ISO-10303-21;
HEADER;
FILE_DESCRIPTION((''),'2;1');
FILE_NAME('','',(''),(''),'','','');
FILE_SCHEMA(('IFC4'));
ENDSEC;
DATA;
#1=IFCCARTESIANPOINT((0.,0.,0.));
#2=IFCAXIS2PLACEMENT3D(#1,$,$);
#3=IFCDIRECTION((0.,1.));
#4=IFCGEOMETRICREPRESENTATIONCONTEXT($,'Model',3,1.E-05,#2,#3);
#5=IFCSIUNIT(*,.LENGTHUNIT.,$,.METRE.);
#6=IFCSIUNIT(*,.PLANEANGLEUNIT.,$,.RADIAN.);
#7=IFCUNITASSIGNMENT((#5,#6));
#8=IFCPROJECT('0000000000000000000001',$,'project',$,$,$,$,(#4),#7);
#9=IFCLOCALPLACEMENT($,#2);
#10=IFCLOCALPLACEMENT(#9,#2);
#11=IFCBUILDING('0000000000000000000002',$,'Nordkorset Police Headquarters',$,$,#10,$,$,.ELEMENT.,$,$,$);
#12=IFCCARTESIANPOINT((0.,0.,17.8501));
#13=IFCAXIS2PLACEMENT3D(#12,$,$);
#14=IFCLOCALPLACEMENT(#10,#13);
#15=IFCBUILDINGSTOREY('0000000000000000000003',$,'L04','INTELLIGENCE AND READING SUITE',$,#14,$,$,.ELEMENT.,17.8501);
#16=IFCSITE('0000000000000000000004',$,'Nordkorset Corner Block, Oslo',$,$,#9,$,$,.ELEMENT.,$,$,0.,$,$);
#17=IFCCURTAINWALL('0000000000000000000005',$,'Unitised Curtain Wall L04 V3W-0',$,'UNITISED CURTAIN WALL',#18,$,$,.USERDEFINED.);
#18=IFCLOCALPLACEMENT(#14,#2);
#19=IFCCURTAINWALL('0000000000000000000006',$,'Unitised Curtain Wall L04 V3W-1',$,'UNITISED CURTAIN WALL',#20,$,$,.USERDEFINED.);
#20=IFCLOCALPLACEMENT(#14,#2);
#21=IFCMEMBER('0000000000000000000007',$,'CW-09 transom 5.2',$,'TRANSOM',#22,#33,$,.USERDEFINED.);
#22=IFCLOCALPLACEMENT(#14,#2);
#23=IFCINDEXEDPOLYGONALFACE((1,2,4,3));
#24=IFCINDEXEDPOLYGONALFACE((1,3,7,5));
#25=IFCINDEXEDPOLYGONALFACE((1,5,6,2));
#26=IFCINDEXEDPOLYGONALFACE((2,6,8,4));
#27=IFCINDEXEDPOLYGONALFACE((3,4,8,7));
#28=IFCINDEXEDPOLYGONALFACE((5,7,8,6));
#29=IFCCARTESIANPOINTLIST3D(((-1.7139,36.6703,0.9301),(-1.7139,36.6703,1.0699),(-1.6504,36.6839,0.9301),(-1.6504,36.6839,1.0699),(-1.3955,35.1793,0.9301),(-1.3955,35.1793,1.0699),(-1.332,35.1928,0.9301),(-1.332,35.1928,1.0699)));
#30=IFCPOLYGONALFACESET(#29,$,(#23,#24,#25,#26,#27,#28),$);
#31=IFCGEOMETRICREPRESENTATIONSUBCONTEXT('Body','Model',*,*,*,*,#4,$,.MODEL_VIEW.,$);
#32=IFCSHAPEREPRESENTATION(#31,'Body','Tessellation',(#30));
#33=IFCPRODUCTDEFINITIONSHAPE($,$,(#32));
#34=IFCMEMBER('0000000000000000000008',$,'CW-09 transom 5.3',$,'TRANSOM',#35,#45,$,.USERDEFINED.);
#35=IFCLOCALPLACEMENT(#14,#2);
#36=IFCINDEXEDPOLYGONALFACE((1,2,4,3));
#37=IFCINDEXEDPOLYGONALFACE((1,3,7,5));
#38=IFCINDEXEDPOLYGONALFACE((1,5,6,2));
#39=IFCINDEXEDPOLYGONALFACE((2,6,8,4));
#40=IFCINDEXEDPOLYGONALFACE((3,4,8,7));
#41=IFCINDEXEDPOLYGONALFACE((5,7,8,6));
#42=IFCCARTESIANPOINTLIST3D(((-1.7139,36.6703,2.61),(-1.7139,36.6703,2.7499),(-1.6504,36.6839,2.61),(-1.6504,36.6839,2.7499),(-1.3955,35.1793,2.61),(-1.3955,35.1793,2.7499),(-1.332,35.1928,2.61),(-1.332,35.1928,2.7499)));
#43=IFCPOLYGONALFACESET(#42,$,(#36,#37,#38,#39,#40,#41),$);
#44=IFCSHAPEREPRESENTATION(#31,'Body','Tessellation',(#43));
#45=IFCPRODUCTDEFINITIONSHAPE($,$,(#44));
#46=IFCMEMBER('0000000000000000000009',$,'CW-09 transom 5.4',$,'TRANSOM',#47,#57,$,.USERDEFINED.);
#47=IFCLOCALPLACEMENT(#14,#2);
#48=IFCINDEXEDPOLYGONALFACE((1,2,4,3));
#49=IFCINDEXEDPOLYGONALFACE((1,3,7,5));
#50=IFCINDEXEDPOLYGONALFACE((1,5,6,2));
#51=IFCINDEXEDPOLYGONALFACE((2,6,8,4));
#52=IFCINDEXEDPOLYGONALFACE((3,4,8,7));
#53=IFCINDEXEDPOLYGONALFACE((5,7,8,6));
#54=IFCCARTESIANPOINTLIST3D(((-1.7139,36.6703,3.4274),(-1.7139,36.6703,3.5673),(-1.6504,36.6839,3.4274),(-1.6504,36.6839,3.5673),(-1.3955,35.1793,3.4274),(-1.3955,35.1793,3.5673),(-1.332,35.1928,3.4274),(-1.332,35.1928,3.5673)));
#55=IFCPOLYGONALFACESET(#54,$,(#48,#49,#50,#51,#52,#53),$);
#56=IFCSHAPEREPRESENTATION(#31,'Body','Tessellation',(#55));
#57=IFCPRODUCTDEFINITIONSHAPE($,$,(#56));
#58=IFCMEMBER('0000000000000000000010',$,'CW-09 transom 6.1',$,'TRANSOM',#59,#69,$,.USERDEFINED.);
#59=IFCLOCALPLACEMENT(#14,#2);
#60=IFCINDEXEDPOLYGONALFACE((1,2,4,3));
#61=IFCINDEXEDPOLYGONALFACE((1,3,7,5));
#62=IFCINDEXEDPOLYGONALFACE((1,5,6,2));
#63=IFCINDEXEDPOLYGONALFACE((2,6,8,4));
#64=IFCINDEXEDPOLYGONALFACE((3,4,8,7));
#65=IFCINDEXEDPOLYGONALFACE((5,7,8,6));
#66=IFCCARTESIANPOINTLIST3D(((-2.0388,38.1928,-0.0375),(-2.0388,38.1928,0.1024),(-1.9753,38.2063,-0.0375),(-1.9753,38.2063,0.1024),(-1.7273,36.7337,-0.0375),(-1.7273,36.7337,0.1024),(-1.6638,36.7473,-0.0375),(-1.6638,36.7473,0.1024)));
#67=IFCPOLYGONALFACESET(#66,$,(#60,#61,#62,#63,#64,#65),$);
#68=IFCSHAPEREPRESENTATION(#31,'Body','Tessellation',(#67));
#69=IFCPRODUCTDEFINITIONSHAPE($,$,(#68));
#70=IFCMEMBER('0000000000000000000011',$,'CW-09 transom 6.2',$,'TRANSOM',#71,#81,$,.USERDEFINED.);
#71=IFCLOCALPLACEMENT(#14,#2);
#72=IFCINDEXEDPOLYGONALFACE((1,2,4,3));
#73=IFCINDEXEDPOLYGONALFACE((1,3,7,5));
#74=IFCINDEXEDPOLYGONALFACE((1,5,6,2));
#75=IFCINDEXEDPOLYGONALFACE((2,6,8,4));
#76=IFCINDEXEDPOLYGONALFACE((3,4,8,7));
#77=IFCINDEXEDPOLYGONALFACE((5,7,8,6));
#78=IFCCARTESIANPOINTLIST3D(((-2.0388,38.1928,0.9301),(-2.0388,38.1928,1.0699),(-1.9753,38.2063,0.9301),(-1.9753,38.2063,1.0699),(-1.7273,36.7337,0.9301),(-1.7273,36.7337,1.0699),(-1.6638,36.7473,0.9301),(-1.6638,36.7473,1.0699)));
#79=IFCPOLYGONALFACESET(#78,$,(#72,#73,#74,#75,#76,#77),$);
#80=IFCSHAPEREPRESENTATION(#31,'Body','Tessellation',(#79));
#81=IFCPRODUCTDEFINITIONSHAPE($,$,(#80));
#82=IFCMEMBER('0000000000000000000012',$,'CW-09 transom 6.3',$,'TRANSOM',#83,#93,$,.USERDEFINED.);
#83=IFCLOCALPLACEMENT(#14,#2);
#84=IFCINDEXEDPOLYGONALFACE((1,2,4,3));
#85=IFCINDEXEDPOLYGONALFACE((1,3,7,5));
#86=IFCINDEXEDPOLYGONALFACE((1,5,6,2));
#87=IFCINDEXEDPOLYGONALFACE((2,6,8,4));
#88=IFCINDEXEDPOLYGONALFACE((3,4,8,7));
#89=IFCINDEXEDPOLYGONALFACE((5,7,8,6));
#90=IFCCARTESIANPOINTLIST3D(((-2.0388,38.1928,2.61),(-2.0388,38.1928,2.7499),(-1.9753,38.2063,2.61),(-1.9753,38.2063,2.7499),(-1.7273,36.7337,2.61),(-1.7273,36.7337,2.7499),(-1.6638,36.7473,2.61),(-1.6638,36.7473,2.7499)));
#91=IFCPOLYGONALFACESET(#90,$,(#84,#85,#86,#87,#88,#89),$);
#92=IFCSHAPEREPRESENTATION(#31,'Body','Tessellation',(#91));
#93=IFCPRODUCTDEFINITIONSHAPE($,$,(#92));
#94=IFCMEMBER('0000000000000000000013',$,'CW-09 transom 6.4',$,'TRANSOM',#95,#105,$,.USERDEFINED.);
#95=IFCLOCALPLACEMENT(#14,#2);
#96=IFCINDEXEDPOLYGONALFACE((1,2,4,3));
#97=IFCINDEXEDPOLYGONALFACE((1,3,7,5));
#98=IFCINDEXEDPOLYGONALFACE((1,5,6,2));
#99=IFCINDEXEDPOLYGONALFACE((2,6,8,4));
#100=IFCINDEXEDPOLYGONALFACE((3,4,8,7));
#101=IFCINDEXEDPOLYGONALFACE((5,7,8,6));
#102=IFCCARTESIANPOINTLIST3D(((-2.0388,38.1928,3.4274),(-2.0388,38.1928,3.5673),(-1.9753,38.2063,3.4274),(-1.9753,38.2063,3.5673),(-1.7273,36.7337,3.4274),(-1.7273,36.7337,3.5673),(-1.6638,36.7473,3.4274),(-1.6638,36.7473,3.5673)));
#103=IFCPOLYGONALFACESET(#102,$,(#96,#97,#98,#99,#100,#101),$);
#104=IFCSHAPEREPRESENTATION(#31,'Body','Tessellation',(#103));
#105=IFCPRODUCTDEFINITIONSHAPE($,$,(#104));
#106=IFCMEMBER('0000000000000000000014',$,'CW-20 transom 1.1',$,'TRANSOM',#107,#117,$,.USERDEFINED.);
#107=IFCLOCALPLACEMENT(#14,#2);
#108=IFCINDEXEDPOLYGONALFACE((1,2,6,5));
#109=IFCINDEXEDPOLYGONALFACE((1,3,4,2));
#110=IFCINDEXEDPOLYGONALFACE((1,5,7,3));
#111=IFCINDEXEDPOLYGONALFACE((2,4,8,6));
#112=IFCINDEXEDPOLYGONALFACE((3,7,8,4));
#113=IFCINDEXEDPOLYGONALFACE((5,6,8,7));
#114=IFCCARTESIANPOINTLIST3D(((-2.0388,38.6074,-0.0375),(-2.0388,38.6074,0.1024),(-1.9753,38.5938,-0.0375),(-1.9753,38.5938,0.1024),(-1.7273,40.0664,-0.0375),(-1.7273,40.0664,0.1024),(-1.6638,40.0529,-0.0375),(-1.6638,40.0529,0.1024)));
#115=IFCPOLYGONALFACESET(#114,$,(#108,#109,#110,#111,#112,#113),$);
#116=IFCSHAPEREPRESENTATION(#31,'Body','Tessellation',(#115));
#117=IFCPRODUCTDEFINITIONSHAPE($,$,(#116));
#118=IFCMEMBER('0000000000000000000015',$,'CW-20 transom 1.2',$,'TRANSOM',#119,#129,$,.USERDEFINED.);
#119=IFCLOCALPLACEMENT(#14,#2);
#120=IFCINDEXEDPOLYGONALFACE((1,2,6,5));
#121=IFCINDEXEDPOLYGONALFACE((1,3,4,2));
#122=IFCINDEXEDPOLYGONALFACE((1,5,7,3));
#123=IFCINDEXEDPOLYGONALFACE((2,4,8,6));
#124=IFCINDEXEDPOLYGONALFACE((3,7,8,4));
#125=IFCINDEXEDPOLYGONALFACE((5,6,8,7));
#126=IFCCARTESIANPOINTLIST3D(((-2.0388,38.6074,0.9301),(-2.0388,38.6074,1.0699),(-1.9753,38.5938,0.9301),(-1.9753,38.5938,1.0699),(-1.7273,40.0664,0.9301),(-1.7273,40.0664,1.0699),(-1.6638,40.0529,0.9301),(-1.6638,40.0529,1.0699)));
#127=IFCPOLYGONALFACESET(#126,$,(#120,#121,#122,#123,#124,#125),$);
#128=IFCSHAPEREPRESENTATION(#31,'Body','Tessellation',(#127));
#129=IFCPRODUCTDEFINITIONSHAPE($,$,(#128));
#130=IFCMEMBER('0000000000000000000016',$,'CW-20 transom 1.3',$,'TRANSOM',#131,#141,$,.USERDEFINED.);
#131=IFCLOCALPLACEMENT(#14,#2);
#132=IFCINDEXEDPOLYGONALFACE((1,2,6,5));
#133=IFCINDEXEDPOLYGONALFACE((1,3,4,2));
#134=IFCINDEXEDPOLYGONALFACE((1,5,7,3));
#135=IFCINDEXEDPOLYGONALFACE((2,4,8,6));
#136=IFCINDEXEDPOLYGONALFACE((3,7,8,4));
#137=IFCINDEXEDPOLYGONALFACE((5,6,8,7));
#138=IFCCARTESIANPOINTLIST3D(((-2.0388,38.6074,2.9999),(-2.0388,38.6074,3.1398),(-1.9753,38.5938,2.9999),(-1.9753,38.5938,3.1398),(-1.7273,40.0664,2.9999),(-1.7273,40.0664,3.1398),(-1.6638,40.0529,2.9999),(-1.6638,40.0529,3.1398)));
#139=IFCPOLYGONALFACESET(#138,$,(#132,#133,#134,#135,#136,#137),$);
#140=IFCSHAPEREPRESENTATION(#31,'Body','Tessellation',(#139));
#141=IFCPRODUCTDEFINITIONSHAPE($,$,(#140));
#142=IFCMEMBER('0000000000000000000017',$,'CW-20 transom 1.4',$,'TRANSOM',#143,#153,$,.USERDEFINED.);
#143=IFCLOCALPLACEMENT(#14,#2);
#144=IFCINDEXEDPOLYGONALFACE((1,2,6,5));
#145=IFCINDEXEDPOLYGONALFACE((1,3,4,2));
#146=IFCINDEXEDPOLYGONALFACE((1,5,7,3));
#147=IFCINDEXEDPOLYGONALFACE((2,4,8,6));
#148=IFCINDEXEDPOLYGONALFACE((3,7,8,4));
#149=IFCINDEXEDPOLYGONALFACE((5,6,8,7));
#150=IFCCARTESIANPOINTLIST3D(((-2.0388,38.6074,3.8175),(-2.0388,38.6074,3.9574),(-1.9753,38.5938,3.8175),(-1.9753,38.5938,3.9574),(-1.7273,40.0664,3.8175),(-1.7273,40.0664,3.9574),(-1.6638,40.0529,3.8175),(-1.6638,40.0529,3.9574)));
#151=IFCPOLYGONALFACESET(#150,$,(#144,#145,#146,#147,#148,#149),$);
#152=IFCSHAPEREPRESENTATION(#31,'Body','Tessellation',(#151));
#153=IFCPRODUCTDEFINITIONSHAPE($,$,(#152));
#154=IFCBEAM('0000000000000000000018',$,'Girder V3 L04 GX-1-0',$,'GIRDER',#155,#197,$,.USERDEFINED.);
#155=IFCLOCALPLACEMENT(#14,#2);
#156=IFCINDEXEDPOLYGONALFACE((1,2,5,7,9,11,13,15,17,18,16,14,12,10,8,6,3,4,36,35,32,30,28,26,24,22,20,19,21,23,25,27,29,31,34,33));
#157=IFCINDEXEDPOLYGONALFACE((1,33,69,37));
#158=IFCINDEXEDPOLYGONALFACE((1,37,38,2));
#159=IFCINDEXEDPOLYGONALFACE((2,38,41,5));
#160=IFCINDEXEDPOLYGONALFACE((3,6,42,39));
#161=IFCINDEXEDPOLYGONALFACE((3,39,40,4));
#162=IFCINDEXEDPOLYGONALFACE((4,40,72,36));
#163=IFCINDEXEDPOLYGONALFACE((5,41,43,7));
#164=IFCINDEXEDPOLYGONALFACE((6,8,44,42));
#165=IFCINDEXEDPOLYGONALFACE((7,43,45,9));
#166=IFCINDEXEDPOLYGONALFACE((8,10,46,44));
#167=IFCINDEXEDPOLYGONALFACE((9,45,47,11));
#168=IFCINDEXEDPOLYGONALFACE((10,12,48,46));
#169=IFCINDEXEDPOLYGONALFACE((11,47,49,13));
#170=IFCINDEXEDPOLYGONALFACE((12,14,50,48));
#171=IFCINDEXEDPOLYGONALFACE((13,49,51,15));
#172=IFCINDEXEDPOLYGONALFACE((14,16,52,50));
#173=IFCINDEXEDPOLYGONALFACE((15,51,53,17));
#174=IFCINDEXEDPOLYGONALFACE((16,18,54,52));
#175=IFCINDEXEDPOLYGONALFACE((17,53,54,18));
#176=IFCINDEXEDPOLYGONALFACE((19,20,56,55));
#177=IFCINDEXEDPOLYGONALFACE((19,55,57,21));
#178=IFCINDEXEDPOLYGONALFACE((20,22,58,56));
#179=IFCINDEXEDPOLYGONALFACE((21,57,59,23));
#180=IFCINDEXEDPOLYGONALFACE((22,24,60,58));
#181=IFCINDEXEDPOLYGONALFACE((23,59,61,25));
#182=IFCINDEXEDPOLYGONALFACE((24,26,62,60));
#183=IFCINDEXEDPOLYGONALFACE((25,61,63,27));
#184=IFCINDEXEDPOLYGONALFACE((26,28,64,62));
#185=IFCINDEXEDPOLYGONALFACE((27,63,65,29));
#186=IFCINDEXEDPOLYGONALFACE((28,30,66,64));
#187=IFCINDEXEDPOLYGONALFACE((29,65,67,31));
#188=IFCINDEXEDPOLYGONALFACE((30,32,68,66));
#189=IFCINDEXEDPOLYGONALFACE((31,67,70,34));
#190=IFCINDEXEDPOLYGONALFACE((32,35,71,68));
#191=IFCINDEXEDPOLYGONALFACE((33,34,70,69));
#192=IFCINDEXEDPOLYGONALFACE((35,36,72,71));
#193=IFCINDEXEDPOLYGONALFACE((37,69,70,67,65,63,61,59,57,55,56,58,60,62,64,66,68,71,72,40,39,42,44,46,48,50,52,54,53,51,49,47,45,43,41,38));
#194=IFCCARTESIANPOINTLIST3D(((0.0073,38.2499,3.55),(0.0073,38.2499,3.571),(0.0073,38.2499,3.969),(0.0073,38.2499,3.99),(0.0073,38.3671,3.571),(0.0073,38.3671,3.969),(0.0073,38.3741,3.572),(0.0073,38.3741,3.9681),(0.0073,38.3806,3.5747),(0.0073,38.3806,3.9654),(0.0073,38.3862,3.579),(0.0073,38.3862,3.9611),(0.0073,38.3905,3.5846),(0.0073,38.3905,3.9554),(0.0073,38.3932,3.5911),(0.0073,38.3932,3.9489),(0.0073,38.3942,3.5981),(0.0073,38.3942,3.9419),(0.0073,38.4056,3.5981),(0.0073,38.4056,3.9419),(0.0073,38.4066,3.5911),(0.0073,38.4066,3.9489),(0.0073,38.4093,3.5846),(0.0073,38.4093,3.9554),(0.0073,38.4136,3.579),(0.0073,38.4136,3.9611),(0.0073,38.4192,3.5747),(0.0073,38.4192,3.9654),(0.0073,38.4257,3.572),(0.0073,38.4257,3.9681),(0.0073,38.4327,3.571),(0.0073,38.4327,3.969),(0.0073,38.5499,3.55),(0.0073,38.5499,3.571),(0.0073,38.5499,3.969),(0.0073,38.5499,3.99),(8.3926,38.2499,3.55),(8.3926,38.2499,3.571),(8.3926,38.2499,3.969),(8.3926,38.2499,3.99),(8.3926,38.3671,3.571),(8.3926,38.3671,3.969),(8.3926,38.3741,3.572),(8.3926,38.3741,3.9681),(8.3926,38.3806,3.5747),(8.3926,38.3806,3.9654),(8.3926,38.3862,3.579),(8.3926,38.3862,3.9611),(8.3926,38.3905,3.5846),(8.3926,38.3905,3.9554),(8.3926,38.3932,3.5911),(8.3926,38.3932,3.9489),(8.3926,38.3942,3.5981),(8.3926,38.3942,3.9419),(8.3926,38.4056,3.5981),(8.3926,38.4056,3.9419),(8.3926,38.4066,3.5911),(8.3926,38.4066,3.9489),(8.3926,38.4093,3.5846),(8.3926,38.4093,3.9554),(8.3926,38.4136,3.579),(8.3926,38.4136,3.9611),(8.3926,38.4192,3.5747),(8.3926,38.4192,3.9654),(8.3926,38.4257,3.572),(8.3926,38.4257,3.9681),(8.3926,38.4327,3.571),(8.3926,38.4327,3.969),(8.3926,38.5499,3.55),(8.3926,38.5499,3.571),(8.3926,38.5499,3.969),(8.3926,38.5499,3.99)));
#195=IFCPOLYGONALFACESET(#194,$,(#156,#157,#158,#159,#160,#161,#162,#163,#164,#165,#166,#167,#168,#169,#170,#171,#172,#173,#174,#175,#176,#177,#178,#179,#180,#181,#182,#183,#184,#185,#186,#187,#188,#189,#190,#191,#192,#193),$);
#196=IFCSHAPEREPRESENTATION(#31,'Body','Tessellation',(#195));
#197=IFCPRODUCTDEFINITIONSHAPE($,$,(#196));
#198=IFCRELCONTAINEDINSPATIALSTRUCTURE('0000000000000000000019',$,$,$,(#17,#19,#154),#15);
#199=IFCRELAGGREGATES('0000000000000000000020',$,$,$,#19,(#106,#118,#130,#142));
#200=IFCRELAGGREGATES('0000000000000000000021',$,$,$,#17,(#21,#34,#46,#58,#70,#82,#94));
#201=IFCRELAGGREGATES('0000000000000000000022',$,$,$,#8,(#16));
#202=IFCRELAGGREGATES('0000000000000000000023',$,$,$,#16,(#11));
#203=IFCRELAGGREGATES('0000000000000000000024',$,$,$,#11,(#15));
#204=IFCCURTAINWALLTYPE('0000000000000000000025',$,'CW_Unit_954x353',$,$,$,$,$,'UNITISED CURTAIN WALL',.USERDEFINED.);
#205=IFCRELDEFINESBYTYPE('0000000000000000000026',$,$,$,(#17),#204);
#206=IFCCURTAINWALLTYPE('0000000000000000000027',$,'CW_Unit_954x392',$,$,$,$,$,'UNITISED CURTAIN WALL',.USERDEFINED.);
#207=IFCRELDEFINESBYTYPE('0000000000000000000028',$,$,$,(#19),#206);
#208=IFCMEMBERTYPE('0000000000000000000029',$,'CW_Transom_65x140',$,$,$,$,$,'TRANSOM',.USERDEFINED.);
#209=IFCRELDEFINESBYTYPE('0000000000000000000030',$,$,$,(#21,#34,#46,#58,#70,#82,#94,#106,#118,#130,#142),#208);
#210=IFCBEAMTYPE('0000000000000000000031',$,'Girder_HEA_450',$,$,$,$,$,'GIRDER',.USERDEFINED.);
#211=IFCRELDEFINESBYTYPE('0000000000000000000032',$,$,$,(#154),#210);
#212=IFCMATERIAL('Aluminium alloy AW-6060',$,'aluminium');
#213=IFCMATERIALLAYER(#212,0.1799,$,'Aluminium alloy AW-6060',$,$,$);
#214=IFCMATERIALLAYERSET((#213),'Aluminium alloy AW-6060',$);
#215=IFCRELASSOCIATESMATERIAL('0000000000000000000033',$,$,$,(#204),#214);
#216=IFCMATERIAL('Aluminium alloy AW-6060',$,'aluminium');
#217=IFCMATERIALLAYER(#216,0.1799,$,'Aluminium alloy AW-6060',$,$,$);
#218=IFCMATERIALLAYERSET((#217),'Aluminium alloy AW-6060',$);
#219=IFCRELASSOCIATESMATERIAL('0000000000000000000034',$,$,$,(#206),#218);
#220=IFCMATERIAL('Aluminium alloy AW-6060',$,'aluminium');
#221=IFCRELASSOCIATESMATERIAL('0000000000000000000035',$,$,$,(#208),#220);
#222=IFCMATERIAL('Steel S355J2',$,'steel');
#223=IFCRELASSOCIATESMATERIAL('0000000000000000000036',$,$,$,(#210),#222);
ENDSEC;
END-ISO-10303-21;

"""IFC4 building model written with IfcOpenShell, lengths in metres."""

from ifc_helpers import new_model, si_unit, direction, frame, origin, origin_2d, place, context, subcontext, project, spatial, rectangle, i_section, extrude, material, layer, layer_set, material_profile, profile_set, type_object, element, aggregate, save


model = new_model("IFC4")

# Units and contexts
model_context = context("Model", 3, precision=1e-05, world=origin(), true_north=direction((0.0, 1.0)))
body_context = subcontext(model_context, "Body", "Model", "MODEL_VIEW")
ifc_project = project(units=[si_unit("LENGTHUNIT", "METRE"), si_unit("PLANEANGLEUNIT", "RADIAN")], contexts=[model_context])

# Site, building, storey
site_placement = place(None, origin())
site = spatial("IfcSite", under=ifc_project, at=site_placement, Name="Nordkorset Corner Block, Oslo", CompositionType="ELEMENT", RefElevation=0.0)
building_placement = place(site_placement, origin())
building = spatial("IfcBuilding", under=site, at=building_placement, Name="Nordkorset Police Headquarters", CompositionType="ELEMENT")
storey_placement = place(building_placement, frame((0.0, 0.0, 17.8501)))
storey = spatial("IfcBuildingStorey", under=building, at=storey_placement, Name="L04", Description="INTELLIGENCE AND READING SUITE", CompositionType="ELEMENT", Elevation=17.8501)

# Curtain wall
ifc_material_1 = material(Name="Aluminium alloy AW-6060", Category="aluminium")
ifc_layer_1 = layer(ifc_material_1, 0.1799, Name="Aluminium alloy AW-6060")
ifc_layer_set_1 = layer_set([ifc_layer_1], Name="Aluminium alloy AW-6060")
curtain_wall_type_1 = type_object("IfcCurtainWallType", Name="CW_Unit_954x353", ElementType="UNITISED CURTAIN WALL", PredefinedType="USERDEFINED", material=ifc_layer_set_1)
curtain_wall_1_placement = place(storey_placement, origin())
curtain_wall_1 = element("IfcCurtainWall", 1, at=curtain_wall_1_placement, inside=storey, type_object=curtain_wall_type_1, Name="Unitised Curtain Wall L04 V3W-0", ObjectType="UNITISED CURTAIN WALL", PredefinedType="USERDEFINED")

# Curtain wall
ifc_material_2 = material(Name="Aluminium alloy AW-6060", Category="aluminium")
ifc_layer_2 = layer(ifc_material_2, 0.1799, Name="Aluminium alloy AW-6060")
ifc_layer_set_2 = layer_set([ifc_layer_2], Name="Aluminium alloy AW-6060")
curtain_wall_type_2 = type_object("IfcCurtainWallType", Name="CW_Unit_954x392", ElementType="UNITISED CURTAIN WALL", PredefinedType="USERDEFINED", material=ifc_layer_set_2)
curtain_wall_2_placement = place(storey_placement, origin())
curtain_wall_2 = element("IfcCurtainWall", 2, at=curtain_wall_2_placement, inside=storey, type_object=curtain_wall_type_2, Name="Unitised Curtain Wall L04 V3W-1", ObjectType="UNITISED CURTAIN WALL", PredefinedType="USERDEFINED")

# Members
ifc_material_3 = material(Name="Aluminium alloy AW-6060", Category="aluminium")
ifc_material_profile_1 = material_profile(ifc_material_3, rectangle(XDim=0.0649, YDim=0.1399, at=origin_2d()), Name="ALU TRAN 65x140")
ifc_profile_set_1 = profile_set([ifc_material_profile_1], Name="Aluminium alloy AW-6060")
member_type_1 = type_object("IfcMemberType", Name="CW_Transom_65x140", ElementType="TRANSOM", PredefinedType="USERDEFINED", material=ifc_profile_set_1)
member_1_placement = place(storey_placement, frame((-1.3638, 35.186, 1.0), z_axis=(-0.208818, 0.977954, 0.0), x_axis=(-0.977954, -0.208818, 0.0)))
member_1 = element("IfcMember", 3, at=member_1_placement, type_object=member_type_1, Name="CW-09 transom 5.2", ObjectType="TRANSOM", PredefinedType="USERDEFINED", context=body_context, shape_type="SweptSolid", body=[
    extrude(rectangle(XDim=0.0649, YDim=0.1399, at=origin_2d()), origin(), (0.0, 0.0, 1.0), 1.5247),
])
member_2_placement = place(storey_placement, frame((-1.3638, 35.186, 2.6799), z_axis=(-0.208818, 0.977954, 0.0), x_axis=(-0.977954, -0.208818, 0.0)))
member_2 = element("IfcMember", 4, at=member_2_placement, type_object=member_type_1, Name="CW-09 transom 5.3", ObjectType="TRANSOM", PredefinedType="USERDEFINED", context=body_context, shape_type="SweptSolid", body=[
    extrude(rectangle(XDim=0.0649, YDim=0.1399, at=origin_2d()), origin(), (0.0, 0.0, 1.0), 1.5247),
])
member_3_placement = place(storey_placement, frame((-1.3638, 35.186, 3.4973), z_axis=(-0.208818, 0.977954, 0.0), x_axis=(-0.977954, -0.208818, 0.0)))
member_3 = element("IfcMember", 5, at=member_3_placement, type_object=member_type_1, Name="CW-09 transom 5.4", ObjectType="TRANSOM", PredefinedType="USERDEFINED", context=body_context, shape_type="SweptSolid", body=[
    extrude(rectangle(XDim=0.0649, YDim=0.1399, at=origin_2d()), origin(), (0.0, 0.0, 1.0), 1.5247),
])
member_4_placement = place(storey_placement, frame((-1.6956, 36.7405, 0.0325), z_axis=(-0.208814, 0.977955, 0.0), x_axis=(-0.977955, -0.208814, 0.0)))
member_4 = element("IfcMember", 6, at=member_4_placement, type_object=member_type_1, Name="CW-09 transom 6.1", ObjectType="TRANSOM", PredefinedType="USERDEFINED", context=body_context, shape_type="SweptSolid", body=[
    extrude(rectangle(XDim=0.0649, YDim=0.1399, at=origin_2d()), origin(), (0.0, 0.0, 1.0), 1.4919),
])
member_5_placement = place(storey_placement, frame((-1.6956, 36.7405, 1.0), z_axis=(-0.208814, 0.977955, 0.0), x_axis=(-0.977955, -0.208814, 0.0)))
member_5 = element("IfcMember", 7, at=member_5_placement, type_object=member_type_1, Name="CW-09 transom 6.2", ObjectType="TRANSOM", PredefinedType="USERDEFINED", context=body_context, shape_type="SweptSolid", body=[
    extrude(rectangle(XDim=0.0649, YDim=0.1399, at=origin_2d()), origin(), (0.0, 0.0, 1.0), 1.4919),
])
member_6_placement = place(storey_placement, frame((-1.6956, 36.7405, 2.6799), z_axis=(-0.208814, 0.977955, 0.0), x_axis=(-0.977955, -0.208814, 0.0)))
member_6 = element("IfcMember", 8, at=member_6_placement, type_object=member_type_1, Name="CW-09 transom 6.3", ObjectType="TRANSOM", PredefinedType="USERDEFINED", context=body_context, shape_type="SweptSolid", body=[
    extrude(rectangle(XDim=0.0649, YDim=0.1399, at=origin_2d()), origin(), (0.0, 0.0, 1.0), 1.4919),
])
member_7_placement = place(storey_placement, frame((-1.6956, 36.7405, 3.4973), z_axis=(-0.208814, 0.977955, 0.0), x_axis=(-0.977955, -0.208814, 0.0)))
member_7 = element("IfcMember", 9, at=member_7_placement, type_object=member_type_1, Name="CW-09 transom 6.4", ObjectType="TRANSOM", PredefinedType="USERDEFINED", context=body_context, shape_type="SweptSolid", body=[
    extrude(rectangle(XDim=0.0649, YDim=0.1399, at=origin_2d()), origin(), (0.0, 0.0, 1.0), 1.4919),
])
member_8_placement = place(storey_placement, frame((-2.0071, 38.6006, 0.0325), z_axis=(0.208814, 0.977955, 0.0), x_axis=(-0.977955, 0.208814, 0.0)))
member_8 = element("IfcMember", 10, at=member_8_placement, type_object=member_type_1, Name="CW-20 transom 1.1", ObjectType="TRANSOM", PredefinedType="USERDEFINED", context=body_context, shape_type="SweptSolid", body=[
    extrude(rectangle(XDim=0.0649, YDim=0.1399, at=origin_2d()), origin(), (0.0, 0.0, 1.0), 1.4919),
])
member_9_placement = place(storey_placement, frame((-2.0071, 38.6006, 1.0), z_axis=(0.208814, 0.977955, 0.0), x_axis=(-0.977955, 0.208814, 0.0)))
member_9 = element("IfcMember", 11, at=member_9_placement, type_object=member_type_1, Name="CW-20 transom 1.2", ObjectType="TRANSOM", PredefinedType="USERDEFINED", context=body_context, shape_type="SweptSolid", body=[
    extrude(rectangle(XDim=0.0649, YDim=0.1399, at=origin_2d()), origin(), (0.0, 0.0, 1.0), 1.4919),
])
member_10_placement = place(storey_placement, frame((-2.0071, 38.6006, 3.0698), z_axis=(0.208814, 0.977955, 0.0), x_axis=(-0.977955, 0.208814, 0.0)))
member_10 = element("IfcMember", 12, at=member_10_placement, type_object=member_type_1, Name="CW-20 transom 1.3", ObjectType="TRANSOM", PredefinedType="USERDEFINED", context=body_context, shape_type="SweptSolid", body=[
    extrude(rectangle(XDim=0.0649, YDim=0.1399, at=origin_2d()), origin(), (0.0, 0.0, 1.0), 1.4919),
])
member_11_placement = place(storey_placement, frame((-2.0071, 38.6006, 3.8875), z_axis=(0.208814, 0.977955, 0.0), x_axis=(-0.977955, 0.208814, 0.0)))
member_11 = element("IfcMember", 13, at=member_11_placement, type_object=member_type_1, Name="CW-20 transom 1.4", ObjectType="TRANSOM", PredefinedType="USERDEFINED", context=body_context, shape_type="SweptSolid", body=[
    extrude(rectangle(XDim=0.0649, YDim=0.1399, at=origin_2d()), origin(), (0.0, 0.0, 1.0), 1.4919),
])
aggregate(curtain_wall_2, [member_8, member_9, member_10, member_11])

# Beam
ifc_material_4 = material(Name="Steel S355J2", Category="steel")
ifc_material_profile_2 = material_profile(ifc_material_4, i_section(OverallWidth=0.3, OverallDepth=0.4399, WebThickness=0.0115, FlangeThickness=0.021, FilletRadius=0.0271, at=origin_2d()), Name="HEA 450")
ifc_profile_set_2 = profile_set([ifc_material_profile_2], Name="Steel S355J2")
beam_type = type_object("IfcBeamType", Name="Girder_HEA_450", ElementType="GIRDER", PredefinedType="USERDEFINED", material=ifc_profile_set_2)
beam_1_placement = place(storey_placement, frame((0.0073, 38.3999, 3.77), z_axis=(1.0, 0.0, 0.0), x_axis=(0.0, 1.0, 0.0)))
element("IfcBeam", 14, at=beam_1_placement, inside=storey, type_object=beam_type, Name="Girder V3 L04 GX-1-0", ObjectType="GIRDER", PredefinedType="USERDEFINED", context=body_context, shape_type="SweptSolid", body=[
    extrude(i_section(OverallWidth=0.3, OverallDepth=0.4399, WebThickness=0.0115, FlangeThickness=0.021, FilletRadius=0.0271, at=origin_2d()), origin(), (0.0, 0.0, 1.0), 8.3853),
])

aggregate(curtain_wall_1, [member_1, member_2, member_3, member_4, member_5, member_6, member_7])

save(model, "model.ifc")
